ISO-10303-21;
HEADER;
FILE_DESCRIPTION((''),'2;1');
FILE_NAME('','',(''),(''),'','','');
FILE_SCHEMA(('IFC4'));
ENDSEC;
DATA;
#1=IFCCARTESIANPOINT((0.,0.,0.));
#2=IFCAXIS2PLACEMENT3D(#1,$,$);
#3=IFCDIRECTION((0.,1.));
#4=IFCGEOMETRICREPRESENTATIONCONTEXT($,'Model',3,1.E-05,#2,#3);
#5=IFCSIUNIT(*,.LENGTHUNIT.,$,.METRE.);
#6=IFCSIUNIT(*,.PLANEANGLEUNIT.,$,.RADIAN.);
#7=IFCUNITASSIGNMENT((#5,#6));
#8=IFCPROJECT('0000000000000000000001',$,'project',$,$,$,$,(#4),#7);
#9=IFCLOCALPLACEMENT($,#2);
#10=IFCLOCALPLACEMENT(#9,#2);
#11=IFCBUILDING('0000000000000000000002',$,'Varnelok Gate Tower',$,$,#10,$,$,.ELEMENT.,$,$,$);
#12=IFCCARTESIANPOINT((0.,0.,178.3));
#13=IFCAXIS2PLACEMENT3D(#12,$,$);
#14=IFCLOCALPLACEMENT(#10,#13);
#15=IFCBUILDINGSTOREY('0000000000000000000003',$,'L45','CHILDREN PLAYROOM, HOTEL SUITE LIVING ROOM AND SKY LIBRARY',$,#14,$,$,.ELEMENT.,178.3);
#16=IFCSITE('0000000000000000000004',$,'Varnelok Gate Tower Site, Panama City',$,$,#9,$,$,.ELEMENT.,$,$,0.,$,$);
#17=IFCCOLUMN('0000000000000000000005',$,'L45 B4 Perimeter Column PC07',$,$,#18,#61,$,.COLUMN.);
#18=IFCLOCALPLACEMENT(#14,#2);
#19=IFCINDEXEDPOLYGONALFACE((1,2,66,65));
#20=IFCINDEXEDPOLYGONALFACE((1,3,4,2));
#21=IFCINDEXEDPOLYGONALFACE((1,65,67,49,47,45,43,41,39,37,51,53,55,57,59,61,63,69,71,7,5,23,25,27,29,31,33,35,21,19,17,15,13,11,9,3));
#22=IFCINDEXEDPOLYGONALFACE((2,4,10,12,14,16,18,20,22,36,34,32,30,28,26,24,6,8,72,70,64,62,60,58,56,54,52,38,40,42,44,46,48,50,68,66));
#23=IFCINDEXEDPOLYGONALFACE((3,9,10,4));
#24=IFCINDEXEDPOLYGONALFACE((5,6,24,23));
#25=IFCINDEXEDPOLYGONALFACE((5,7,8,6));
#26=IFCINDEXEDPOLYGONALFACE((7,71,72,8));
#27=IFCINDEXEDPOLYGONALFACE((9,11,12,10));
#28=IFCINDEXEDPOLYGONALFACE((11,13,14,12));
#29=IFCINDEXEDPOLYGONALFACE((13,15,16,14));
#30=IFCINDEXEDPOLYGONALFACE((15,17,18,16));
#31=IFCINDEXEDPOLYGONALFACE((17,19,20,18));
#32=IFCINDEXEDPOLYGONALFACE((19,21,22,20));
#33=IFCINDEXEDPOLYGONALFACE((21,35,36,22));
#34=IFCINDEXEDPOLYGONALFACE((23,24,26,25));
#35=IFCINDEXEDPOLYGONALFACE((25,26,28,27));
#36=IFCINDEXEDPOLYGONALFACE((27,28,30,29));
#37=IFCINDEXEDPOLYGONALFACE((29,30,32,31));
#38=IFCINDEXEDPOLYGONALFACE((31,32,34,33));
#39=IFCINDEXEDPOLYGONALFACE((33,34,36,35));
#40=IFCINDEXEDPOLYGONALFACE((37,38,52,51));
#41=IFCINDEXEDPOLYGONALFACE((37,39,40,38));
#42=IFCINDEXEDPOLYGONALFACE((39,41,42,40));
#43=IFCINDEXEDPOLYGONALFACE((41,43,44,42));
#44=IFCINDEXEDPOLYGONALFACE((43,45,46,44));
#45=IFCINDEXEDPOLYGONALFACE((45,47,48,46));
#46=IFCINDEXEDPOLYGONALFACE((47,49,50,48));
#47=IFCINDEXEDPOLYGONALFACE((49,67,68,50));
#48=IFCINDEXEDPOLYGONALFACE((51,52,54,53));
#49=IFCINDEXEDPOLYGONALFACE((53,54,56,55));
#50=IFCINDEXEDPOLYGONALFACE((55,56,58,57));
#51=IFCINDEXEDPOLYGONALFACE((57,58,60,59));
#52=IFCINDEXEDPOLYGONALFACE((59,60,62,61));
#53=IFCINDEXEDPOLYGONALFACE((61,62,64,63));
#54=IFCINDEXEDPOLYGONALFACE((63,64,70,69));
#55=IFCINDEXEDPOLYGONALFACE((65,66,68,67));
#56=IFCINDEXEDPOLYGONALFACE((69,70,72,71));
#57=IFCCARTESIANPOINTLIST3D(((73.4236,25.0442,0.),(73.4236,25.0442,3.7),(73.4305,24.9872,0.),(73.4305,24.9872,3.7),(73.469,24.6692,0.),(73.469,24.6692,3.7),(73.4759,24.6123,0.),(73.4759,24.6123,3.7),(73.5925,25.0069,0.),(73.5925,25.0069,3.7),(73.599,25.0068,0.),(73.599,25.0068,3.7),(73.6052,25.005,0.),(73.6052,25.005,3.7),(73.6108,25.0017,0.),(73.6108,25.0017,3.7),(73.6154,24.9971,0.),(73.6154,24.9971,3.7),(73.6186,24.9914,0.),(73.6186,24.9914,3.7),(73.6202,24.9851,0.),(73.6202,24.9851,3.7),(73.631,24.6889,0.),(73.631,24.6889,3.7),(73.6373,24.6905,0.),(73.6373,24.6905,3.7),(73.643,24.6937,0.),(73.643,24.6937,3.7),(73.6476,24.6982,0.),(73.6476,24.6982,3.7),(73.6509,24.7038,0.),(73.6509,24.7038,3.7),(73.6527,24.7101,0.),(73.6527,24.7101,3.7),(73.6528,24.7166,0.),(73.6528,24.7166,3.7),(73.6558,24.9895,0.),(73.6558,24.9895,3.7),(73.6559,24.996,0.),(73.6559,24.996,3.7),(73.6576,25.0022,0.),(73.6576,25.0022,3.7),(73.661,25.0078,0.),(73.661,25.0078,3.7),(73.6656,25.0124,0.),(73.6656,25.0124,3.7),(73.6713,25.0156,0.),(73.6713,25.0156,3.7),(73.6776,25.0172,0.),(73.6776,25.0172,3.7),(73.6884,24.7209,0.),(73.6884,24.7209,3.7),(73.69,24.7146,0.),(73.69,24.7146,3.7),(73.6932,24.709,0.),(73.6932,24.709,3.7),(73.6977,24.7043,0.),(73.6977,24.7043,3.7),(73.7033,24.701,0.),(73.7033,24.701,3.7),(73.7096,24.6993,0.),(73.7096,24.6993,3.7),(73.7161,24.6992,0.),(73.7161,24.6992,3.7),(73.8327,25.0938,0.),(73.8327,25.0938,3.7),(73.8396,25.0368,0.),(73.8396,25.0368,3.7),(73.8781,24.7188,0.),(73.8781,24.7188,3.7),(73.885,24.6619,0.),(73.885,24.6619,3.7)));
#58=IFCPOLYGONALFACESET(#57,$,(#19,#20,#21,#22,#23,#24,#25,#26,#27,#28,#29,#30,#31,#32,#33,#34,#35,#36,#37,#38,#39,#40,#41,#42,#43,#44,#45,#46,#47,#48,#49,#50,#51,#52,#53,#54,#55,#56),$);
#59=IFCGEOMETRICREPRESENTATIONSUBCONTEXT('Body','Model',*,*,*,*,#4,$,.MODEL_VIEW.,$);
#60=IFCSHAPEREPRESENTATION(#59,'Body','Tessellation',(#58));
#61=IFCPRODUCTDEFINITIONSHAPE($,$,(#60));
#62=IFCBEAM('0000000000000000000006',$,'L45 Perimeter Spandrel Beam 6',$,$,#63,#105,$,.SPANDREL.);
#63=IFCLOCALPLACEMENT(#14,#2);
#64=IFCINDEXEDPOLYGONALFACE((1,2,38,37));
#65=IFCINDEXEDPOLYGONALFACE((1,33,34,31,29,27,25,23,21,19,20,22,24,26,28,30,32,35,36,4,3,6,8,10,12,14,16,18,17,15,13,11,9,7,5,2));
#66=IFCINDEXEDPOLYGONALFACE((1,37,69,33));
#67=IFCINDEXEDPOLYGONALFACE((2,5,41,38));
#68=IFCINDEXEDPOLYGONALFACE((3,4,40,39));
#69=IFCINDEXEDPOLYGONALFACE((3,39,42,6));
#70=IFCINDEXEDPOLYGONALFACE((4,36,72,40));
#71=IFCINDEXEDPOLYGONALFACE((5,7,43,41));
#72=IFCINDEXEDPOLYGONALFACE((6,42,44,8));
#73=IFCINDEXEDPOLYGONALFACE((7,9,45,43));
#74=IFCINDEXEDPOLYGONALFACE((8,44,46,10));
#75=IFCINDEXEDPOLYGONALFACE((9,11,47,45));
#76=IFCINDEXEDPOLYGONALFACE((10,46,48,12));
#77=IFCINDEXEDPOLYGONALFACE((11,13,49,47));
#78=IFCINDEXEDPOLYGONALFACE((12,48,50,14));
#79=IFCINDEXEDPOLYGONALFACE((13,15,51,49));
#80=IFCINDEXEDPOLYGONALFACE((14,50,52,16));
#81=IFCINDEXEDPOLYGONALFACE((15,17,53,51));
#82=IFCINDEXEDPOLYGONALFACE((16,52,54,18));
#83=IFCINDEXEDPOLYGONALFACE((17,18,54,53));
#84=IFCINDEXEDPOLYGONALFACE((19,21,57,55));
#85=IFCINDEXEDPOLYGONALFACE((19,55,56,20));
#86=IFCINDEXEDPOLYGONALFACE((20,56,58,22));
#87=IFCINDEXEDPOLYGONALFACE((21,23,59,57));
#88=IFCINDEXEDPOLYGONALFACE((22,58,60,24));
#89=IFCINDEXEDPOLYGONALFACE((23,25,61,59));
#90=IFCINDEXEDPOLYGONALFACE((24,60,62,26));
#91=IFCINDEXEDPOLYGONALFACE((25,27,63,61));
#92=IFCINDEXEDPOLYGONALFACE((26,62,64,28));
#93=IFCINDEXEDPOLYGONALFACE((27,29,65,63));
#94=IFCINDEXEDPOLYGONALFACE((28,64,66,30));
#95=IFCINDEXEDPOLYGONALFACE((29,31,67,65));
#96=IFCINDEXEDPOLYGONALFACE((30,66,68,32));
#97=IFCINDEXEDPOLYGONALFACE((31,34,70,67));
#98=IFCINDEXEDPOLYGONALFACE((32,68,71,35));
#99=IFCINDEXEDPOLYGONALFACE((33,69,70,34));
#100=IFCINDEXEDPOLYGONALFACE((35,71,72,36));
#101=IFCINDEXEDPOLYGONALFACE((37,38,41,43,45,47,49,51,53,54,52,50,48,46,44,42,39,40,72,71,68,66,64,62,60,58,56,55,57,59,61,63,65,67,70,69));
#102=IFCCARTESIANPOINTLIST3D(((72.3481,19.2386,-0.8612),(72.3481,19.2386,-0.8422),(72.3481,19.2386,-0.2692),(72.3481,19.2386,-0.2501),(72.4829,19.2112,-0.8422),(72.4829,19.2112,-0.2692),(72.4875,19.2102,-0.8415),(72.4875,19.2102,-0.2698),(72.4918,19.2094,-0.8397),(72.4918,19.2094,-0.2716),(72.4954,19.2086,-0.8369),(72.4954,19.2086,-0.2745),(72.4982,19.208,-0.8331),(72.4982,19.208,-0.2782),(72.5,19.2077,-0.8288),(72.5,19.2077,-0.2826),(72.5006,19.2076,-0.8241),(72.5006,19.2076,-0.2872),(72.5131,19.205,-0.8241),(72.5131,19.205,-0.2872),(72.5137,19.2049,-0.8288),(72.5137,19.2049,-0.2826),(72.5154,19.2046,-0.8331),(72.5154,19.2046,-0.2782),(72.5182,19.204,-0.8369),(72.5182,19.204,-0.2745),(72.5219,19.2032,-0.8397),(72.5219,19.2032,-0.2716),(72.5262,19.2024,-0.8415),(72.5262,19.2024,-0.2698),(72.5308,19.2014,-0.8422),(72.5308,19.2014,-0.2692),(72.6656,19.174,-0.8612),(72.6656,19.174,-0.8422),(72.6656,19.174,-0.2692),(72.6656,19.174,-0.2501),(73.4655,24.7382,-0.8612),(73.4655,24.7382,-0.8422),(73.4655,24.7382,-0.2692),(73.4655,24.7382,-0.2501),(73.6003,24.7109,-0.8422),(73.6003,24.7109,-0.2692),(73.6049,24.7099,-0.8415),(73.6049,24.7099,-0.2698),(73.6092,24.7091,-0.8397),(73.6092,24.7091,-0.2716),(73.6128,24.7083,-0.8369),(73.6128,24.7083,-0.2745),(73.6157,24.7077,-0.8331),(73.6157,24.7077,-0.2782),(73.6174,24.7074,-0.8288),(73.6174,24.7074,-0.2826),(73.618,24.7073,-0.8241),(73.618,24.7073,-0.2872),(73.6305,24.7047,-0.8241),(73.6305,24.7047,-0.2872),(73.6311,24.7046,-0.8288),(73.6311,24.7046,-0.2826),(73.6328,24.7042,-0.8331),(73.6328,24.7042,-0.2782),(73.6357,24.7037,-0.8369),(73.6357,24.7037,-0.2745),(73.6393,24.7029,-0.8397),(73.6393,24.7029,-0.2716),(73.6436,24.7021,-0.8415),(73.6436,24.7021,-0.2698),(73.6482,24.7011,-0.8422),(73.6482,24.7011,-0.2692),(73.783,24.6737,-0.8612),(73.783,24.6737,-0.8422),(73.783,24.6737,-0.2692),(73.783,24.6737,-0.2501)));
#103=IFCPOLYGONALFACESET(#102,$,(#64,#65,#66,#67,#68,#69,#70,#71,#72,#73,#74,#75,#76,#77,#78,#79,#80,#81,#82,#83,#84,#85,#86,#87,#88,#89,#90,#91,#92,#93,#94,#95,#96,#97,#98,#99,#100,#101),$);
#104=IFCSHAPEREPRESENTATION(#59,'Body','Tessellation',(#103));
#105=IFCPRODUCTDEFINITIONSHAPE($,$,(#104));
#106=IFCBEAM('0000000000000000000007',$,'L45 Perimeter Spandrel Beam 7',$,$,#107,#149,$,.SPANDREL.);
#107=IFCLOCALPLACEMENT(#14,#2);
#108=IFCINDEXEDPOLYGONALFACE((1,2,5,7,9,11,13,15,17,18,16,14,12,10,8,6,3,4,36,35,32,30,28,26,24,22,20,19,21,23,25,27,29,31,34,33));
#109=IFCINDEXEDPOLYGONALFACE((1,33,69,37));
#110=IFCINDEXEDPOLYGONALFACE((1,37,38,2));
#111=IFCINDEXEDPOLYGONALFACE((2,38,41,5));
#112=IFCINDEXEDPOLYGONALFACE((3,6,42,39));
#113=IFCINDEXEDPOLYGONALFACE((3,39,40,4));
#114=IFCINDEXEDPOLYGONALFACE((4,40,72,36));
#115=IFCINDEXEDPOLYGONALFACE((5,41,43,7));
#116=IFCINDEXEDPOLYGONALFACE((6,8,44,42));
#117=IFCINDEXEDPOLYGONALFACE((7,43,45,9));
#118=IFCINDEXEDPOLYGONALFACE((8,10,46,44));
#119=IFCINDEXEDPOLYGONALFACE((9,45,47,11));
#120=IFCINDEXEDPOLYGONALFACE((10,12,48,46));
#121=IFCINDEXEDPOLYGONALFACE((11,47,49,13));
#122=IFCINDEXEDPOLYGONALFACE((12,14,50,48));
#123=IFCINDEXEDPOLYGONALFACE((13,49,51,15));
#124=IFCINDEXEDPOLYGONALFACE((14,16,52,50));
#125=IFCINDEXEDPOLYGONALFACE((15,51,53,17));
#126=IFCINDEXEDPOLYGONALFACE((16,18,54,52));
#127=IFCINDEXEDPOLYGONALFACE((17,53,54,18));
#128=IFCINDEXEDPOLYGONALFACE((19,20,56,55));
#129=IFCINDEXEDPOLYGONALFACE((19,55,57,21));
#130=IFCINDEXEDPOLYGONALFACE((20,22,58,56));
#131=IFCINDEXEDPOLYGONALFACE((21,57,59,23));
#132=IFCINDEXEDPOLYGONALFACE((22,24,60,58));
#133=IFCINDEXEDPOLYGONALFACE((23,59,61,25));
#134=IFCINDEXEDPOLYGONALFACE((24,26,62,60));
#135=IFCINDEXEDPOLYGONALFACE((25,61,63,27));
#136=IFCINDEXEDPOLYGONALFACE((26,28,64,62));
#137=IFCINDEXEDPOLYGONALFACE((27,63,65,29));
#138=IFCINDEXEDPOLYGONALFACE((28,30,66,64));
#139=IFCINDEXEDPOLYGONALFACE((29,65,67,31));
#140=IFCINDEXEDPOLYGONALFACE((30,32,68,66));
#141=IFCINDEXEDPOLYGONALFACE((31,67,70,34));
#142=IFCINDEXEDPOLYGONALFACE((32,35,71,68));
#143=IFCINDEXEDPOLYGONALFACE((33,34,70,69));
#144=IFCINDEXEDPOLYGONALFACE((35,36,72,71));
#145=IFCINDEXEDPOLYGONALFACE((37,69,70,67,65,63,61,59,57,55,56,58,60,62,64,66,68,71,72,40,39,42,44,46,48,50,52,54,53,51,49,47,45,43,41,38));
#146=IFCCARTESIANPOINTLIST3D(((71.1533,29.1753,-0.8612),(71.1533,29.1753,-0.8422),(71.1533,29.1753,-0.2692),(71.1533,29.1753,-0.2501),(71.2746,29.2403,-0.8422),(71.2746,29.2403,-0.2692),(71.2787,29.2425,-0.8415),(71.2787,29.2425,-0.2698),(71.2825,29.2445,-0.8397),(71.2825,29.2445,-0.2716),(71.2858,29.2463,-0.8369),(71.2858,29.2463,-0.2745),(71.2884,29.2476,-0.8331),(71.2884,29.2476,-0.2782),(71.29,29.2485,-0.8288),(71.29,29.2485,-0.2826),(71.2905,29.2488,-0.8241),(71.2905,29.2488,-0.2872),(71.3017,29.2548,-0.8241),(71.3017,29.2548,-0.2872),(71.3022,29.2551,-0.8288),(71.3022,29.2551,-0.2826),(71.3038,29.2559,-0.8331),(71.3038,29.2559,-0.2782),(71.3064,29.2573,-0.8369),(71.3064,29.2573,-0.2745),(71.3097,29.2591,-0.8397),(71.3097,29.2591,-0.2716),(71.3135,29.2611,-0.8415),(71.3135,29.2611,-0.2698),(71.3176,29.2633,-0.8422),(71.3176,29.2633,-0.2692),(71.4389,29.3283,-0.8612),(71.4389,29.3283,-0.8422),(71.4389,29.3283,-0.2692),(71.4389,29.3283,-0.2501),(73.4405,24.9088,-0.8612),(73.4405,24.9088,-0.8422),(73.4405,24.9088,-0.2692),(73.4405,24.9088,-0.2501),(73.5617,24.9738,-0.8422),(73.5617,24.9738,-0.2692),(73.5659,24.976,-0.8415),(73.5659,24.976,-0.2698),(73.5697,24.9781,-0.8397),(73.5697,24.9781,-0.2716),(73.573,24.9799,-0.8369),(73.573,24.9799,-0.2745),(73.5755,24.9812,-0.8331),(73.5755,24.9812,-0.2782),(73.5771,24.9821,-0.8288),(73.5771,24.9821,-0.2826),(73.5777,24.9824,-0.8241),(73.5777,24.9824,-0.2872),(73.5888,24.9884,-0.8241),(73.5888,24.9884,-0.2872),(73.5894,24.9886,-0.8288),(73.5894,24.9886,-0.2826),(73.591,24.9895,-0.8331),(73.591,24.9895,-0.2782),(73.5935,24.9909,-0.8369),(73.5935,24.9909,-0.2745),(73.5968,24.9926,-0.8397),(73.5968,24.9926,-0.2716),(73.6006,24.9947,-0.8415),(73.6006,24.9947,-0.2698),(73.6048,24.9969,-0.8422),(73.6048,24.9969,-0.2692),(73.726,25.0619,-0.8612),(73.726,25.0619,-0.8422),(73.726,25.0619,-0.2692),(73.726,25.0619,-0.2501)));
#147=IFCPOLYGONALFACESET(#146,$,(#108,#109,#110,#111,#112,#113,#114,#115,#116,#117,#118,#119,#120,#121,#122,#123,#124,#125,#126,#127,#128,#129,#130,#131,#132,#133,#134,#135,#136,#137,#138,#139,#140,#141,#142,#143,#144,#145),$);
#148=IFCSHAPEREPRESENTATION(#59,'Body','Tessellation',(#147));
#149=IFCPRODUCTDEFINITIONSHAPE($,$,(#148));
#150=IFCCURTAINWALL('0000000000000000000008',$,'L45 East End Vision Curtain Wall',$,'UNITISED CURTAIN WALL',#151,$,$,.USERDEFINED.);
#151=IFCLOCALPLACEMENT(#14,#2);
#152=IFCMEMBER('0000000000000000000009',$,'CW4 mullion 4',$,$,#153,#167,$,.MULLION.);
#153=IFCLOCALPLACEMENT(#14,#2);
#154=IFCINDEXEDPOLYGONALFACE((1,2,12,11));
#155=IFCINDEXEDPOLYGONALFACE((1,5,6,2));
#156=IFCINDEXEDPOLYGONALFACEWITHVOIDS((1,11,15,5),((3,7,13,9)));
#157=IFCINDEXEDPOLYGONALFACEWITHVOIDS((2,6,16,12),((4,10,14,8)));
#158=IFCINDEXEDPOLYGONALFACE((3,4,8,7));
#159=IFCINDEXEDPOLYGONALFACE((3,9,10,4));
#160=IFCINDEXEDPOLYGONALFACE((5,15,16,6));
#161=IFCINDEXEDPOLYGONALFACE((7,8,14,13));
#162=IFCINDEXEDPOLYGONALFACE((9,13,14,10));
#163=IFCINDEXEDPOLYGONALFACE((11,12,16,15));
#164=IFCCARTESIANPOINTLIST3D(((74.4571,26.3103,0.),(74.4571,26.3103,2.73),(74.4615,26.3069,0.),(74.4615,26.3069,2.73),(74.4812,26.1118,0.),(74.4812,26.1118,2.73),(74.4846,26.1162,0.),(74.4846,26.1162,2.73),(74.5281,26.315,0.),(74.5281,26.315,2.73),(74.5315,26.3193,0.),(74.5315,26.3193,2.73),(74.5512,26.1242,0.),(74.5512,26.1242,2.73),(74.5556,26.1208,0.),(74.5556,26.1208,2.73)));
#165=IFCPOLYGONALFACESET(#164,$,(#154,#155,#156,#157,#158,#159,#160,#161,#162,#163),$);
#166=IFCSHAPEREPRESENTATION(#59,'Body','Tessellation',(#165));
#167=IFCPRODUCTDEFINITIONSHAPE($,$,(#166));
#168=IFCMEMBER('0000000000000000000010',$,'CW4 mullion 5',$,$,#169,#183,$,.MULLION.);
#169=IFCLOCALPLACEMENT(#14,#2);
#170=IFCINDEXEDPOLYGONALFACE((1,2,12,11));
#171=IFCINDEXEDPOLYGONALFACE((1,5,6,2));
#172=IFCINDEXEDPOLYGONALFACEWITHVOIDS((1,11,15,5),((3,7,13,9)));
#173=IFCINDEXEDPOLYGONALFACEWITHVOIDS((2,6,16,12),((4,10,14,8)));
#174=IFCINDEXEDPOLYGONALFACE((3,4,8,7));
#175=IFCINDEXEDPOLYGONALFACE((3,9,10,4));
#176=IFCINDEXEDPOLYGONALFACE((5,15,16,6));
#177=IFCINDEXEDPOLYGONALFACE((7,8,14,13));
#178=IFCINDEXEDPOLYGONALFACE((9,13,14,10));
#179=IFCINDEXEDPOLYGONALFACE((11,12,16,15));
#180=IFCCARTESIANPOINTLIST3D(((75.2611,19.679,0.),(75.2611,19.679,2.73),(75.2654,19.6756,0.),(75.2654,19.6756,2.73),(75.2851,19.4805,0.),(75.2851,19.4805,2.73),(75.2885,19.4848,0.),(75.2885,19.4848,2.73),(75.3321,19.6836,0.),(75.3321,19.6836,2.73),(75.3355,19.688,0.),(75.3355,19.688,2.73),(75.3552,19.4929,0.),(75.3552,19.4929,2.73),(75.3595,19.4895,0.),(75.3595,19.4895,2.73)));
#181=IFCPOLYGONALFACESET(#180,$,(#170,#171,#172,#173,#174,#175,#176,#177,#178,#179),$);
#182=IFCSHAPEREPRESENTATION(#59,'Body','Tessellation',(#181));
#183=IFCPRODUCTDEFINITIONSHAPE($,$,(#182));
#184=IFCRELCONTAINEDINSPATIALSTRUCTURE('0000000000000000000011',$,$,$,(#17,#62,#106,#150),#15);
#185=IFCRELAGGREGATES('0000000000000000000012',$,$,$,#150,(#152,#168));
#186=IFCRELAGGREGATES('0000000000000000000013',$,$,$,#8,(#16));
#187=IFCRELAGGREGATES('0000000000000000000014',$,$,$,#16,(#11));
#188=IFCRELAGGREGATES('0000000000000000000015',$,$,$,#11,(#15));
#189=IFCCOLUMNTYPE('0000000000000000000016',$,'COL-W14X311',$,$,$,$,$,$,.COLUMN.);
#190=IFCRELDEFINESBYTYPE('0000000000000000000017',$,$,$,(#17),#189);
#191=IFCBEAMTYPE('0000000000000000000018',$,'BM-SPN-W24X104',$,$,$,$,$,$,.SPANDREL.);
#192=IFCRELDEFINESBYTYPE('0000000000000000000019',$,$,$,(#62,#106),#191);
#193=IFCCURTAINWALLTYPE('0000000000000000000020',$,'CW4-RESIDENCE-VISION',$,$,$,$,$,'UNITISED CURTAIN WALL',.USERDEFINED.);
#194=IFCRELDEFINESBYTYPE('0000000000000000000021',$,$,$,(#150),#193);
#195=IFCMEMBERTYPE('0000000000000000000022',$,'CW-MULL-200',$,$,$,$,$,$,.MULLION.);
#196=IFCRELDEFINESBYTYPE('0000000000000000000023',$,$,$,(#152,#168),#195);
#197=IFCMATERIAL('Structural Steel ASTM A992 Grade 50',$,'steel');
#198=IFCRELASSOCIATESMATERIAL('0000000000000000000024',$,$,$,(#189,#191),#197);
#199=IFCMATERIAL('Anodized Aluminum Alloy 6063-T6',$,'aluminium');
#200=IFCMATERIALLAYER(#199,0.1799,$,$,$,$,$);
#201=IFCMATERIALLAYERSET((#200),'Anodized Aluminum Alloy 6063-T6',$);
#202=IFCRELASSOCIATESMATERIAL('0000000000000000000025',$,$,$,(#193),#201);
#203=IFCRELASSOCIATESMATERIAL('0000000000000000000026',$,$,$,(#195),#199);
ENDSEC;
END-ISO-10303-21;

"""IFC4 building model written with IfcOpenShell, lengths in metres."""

from ifc_helpers import new_model, si_unit, direction, frame, origin, origin_2d, place, context, subcontext, project, spatial, hollow_rectangle, i_section, extrude, material, layer, layer_set, material_profile, profile_set, type_object, element, aggregate, save


model = new_model("IFC4")

# Units and contexts
model_context = context("Model", 3, precision=1e-05, world=origin(), true_north=direction((0.0, 1.0)))
body_context = subcontext(model_context, "Body", "Model", "MODEL_VIEW")
ifc_project = project(units=[si_unit("LENGTHUNIT", "METRE"), si_unit("PLANEANGLEUNIT", "RADIAN")], contexts=[model_context])

# Site, building, storey
site_placement = place(None, origin())
site = spatial("IfcSite", under=ifc_project, at=site_placement, Name="Varnelok Gate Tower Site, Panama City", CompositionType="ELEMENT", RefElevation=0.0)
building_placement = place(site_placement, origin())
building = spatial("IfcBuilding", under=site, at=building_placement, Name="Varnelok Gate Tower", CompositionType="ELEMENT")
storey_placement = place(building_placement, frame((0.0, 0.0, 178.3)))
storey = spatial("IfcBuildingStorey", under=building, at=storey_placement, Name="L45", Description="CHILDREN PLAYROOM, HOTEL SUITE LIVING ROOM AND SKY LIBRARY", CompositionType="ELEMENT", Elevation=178.3)

# Column
ifc_material_1 = material(Name="Structural Steel ASTM A992 Grade 50", Category="steel")
ifc_material_profile_1 = material_profile(ifc_material_1, i_section(OverallWidth=0.4121, OverallDepth=0.4351, WebThickness=0.0359, FlangeThickness=0.0574, FilletRadius=0.0249, at=origin_2d()), Name="W14X311")
ifc_profile_set_1 = profile_set([ifc_material_profile_1], Name="Structural Steel ASTM A992 Grade 50")
column_type = type_object("IfcColumnType", Name="COL-W14X311", PredefinedType="COLUMN", material=ifc_profile_set_1)
column_placement = place(storey_placement, frame((73.6543, 24.853, 0.0), z_axis=(0.0, 0.0, 1.0), x_axis=(0.992732, 0.120345, 0.0)))
element("IfcColumn", 1, at=column_placement, inside=storey, type_object=column_type, Name="L45 B4 Perimeter Column PC07", PredefinedType="COLUMN", context=body_context, shape_type="SweptSolid", body=[
    extrude(i_section(OverallWidth=0.4121, OverallDepth=0.4351, WebThickness=0.0359, FlangeThickness=0.0574, FilletRadius=0.0249, at=origin_2d()), origin(), (0.0, 0.0, 1.0), 3.7),
])

# Beams
ifc_material_profile_2 = material_profile(ifc_material_1, i_section(OverallWidth=0.324, OverallDepth=0.6111, WebThickness=0.0127, FlangeThickness=0.019, FilletRadius=0.0181, at=origin_2d()), Name="W24X104")
ifc_profile_set_2 = profile_set([ifc_material_profile_2], Name="Structural Steel ASTM A992 Grade 50")
beam_type = type_object("IfcBeamType", Name="BM-SPN-W24X104", PredefinedType="SPANDREL", material=ifc_profile_set_2)
beam_1_placement = place(storey_placement, frame((72.5068, 19.2063, -0.5557), z_axis=(0.19911, 0.979977, 0.0), x_axis=(-0.979977, 0.19911, 0.0)))
element("IfcBeam", 2, at=beam_1_placement, inside=storey, type_object=beam_type, Name="L45 Perimeter Spandrel Beam 6", PredefinedType="SPANDREL", context=body_context, shape_type="SweptSolid", body=[
    extrude(i_section(OverallWidth=0.324, OverallDepth=0.6111, WebThickness=0.0127, FlangeThickness=0.019, FilletRadius=0.0181, at=origin_2d()), origin(), (0.0, 0.0, 1.0), 5.6121),
])
beam_2_placement = place(storey_placement, frame((73.5833, 24.9854, -0.5557), z_axis=(-0.472472, 0.881346, 0.0), x_axis=(-0.881346, -0.472472, 0.0)))
element("IfcBeam", 3, at=beam_2_placement, inside=storey, type_object=beam_type, Name="L45 Perimeter Spandrel Beam 7", PredefinedType="SPANDREL", context=body_context, shape_type="SweptSolid", body=[
    extrude(i_section(OverallWidth=0.324, OverallDepth=0.6111, WebThickness=0.0127, FlangeThickness=0.019, FilletRadius=0.0181, at=origin_2d()), origin(), (0.0, 0.0, 1.0), 4.8408),
])

# Curtain wall, members
ifc_material_2 = material(Name="Anodized Aluminum Alloy 6063-T6", Category="aluminium")
ifc_layer_1 = layer(ifc_material_2, 0.1799)
ifc_layer_set_1 = layer_set([ifc_layer_1], Name="Anodized Aluminum Alloy 6063-T6")
curtain_wall_type = type_object("IfcCurtainWallType", Name="CW4-RESIDENCE-VISION", ElementType="UNITISED CURTAIN WALL", PredefinedType="USERDEFINED", material=ifc_layer_set_1)
curtain_wall_placement = place(storey_placement, origin())
curtain_wall = element("IfcCurtainWall", 4, at=curtain_wall_placement, inside=storey, type_object=curtain_wall_type, Name="L45 East End Vision Curtain Wall", ObjectType="UNITISED CURTAIN WALL", PredefinedType="USERDEFINED")
ifc_material_profile_3 = material_profile(ifc_material_2, hollow_rectangle(XDim=0.075, YDim=0.2, WallThickness=0.0039, at=origin_2d()), Name="ALU200X75X4")
ifc_profile_set_3 = profile_set([ifc_material_profile_3], Name="Anodized Aluminum Alloy 6063-T6")
member_type_1 = type_object("IfcMemberType", Name="CW-MULL-200", PredefinedType="MULLION", material=ifc_profile_set_3)
member_1_placement = place(storey_placement, frame((74.5063, 26.2156, 0.0), z_axis=(0.0, 0.0, 1.0), x_axis=(0.992732, 0.120345, 0.0)))
member_1 = element("IfcMember", 5, at=member_1_placement, type_object=member_type_1, Name="CW4 mullion 4", PredefinedType="MULLION", context=body_context, shape_type="SweptSolid", body=[
    extrude(hollow_rectangle(XDim=0.075, YDim=0.2, WallThickness=0.0039, at=origin_2d()), origin(), (0.0, 0.0, 1.0), 2.73),
])
member_2_placement = place(storey_placement, frame((75.3103, 19.5842, 0.0), z_axis=(0.0, 0.0, 1.0), x_axis=(0.992732, 0.120345, 0.0)))
member_2 = element("IfcMember", 6, at=member_2_placement, type_object=member_type_1, Name="CW4 mullion 5", PredefinedType="MULLION", context=body_context, shape_type="SweptSolid", body=[
    extrude(hollow_rectangle(XDim=0.075, YDim=0.2, WallThickness=0.0039, at=origin_2d()), origin(), (0.0, 0.0, 1.0), 2.73),
])
aggregate(curtain_wall, [member_1, member_2])

save(model, "model.ifc")
